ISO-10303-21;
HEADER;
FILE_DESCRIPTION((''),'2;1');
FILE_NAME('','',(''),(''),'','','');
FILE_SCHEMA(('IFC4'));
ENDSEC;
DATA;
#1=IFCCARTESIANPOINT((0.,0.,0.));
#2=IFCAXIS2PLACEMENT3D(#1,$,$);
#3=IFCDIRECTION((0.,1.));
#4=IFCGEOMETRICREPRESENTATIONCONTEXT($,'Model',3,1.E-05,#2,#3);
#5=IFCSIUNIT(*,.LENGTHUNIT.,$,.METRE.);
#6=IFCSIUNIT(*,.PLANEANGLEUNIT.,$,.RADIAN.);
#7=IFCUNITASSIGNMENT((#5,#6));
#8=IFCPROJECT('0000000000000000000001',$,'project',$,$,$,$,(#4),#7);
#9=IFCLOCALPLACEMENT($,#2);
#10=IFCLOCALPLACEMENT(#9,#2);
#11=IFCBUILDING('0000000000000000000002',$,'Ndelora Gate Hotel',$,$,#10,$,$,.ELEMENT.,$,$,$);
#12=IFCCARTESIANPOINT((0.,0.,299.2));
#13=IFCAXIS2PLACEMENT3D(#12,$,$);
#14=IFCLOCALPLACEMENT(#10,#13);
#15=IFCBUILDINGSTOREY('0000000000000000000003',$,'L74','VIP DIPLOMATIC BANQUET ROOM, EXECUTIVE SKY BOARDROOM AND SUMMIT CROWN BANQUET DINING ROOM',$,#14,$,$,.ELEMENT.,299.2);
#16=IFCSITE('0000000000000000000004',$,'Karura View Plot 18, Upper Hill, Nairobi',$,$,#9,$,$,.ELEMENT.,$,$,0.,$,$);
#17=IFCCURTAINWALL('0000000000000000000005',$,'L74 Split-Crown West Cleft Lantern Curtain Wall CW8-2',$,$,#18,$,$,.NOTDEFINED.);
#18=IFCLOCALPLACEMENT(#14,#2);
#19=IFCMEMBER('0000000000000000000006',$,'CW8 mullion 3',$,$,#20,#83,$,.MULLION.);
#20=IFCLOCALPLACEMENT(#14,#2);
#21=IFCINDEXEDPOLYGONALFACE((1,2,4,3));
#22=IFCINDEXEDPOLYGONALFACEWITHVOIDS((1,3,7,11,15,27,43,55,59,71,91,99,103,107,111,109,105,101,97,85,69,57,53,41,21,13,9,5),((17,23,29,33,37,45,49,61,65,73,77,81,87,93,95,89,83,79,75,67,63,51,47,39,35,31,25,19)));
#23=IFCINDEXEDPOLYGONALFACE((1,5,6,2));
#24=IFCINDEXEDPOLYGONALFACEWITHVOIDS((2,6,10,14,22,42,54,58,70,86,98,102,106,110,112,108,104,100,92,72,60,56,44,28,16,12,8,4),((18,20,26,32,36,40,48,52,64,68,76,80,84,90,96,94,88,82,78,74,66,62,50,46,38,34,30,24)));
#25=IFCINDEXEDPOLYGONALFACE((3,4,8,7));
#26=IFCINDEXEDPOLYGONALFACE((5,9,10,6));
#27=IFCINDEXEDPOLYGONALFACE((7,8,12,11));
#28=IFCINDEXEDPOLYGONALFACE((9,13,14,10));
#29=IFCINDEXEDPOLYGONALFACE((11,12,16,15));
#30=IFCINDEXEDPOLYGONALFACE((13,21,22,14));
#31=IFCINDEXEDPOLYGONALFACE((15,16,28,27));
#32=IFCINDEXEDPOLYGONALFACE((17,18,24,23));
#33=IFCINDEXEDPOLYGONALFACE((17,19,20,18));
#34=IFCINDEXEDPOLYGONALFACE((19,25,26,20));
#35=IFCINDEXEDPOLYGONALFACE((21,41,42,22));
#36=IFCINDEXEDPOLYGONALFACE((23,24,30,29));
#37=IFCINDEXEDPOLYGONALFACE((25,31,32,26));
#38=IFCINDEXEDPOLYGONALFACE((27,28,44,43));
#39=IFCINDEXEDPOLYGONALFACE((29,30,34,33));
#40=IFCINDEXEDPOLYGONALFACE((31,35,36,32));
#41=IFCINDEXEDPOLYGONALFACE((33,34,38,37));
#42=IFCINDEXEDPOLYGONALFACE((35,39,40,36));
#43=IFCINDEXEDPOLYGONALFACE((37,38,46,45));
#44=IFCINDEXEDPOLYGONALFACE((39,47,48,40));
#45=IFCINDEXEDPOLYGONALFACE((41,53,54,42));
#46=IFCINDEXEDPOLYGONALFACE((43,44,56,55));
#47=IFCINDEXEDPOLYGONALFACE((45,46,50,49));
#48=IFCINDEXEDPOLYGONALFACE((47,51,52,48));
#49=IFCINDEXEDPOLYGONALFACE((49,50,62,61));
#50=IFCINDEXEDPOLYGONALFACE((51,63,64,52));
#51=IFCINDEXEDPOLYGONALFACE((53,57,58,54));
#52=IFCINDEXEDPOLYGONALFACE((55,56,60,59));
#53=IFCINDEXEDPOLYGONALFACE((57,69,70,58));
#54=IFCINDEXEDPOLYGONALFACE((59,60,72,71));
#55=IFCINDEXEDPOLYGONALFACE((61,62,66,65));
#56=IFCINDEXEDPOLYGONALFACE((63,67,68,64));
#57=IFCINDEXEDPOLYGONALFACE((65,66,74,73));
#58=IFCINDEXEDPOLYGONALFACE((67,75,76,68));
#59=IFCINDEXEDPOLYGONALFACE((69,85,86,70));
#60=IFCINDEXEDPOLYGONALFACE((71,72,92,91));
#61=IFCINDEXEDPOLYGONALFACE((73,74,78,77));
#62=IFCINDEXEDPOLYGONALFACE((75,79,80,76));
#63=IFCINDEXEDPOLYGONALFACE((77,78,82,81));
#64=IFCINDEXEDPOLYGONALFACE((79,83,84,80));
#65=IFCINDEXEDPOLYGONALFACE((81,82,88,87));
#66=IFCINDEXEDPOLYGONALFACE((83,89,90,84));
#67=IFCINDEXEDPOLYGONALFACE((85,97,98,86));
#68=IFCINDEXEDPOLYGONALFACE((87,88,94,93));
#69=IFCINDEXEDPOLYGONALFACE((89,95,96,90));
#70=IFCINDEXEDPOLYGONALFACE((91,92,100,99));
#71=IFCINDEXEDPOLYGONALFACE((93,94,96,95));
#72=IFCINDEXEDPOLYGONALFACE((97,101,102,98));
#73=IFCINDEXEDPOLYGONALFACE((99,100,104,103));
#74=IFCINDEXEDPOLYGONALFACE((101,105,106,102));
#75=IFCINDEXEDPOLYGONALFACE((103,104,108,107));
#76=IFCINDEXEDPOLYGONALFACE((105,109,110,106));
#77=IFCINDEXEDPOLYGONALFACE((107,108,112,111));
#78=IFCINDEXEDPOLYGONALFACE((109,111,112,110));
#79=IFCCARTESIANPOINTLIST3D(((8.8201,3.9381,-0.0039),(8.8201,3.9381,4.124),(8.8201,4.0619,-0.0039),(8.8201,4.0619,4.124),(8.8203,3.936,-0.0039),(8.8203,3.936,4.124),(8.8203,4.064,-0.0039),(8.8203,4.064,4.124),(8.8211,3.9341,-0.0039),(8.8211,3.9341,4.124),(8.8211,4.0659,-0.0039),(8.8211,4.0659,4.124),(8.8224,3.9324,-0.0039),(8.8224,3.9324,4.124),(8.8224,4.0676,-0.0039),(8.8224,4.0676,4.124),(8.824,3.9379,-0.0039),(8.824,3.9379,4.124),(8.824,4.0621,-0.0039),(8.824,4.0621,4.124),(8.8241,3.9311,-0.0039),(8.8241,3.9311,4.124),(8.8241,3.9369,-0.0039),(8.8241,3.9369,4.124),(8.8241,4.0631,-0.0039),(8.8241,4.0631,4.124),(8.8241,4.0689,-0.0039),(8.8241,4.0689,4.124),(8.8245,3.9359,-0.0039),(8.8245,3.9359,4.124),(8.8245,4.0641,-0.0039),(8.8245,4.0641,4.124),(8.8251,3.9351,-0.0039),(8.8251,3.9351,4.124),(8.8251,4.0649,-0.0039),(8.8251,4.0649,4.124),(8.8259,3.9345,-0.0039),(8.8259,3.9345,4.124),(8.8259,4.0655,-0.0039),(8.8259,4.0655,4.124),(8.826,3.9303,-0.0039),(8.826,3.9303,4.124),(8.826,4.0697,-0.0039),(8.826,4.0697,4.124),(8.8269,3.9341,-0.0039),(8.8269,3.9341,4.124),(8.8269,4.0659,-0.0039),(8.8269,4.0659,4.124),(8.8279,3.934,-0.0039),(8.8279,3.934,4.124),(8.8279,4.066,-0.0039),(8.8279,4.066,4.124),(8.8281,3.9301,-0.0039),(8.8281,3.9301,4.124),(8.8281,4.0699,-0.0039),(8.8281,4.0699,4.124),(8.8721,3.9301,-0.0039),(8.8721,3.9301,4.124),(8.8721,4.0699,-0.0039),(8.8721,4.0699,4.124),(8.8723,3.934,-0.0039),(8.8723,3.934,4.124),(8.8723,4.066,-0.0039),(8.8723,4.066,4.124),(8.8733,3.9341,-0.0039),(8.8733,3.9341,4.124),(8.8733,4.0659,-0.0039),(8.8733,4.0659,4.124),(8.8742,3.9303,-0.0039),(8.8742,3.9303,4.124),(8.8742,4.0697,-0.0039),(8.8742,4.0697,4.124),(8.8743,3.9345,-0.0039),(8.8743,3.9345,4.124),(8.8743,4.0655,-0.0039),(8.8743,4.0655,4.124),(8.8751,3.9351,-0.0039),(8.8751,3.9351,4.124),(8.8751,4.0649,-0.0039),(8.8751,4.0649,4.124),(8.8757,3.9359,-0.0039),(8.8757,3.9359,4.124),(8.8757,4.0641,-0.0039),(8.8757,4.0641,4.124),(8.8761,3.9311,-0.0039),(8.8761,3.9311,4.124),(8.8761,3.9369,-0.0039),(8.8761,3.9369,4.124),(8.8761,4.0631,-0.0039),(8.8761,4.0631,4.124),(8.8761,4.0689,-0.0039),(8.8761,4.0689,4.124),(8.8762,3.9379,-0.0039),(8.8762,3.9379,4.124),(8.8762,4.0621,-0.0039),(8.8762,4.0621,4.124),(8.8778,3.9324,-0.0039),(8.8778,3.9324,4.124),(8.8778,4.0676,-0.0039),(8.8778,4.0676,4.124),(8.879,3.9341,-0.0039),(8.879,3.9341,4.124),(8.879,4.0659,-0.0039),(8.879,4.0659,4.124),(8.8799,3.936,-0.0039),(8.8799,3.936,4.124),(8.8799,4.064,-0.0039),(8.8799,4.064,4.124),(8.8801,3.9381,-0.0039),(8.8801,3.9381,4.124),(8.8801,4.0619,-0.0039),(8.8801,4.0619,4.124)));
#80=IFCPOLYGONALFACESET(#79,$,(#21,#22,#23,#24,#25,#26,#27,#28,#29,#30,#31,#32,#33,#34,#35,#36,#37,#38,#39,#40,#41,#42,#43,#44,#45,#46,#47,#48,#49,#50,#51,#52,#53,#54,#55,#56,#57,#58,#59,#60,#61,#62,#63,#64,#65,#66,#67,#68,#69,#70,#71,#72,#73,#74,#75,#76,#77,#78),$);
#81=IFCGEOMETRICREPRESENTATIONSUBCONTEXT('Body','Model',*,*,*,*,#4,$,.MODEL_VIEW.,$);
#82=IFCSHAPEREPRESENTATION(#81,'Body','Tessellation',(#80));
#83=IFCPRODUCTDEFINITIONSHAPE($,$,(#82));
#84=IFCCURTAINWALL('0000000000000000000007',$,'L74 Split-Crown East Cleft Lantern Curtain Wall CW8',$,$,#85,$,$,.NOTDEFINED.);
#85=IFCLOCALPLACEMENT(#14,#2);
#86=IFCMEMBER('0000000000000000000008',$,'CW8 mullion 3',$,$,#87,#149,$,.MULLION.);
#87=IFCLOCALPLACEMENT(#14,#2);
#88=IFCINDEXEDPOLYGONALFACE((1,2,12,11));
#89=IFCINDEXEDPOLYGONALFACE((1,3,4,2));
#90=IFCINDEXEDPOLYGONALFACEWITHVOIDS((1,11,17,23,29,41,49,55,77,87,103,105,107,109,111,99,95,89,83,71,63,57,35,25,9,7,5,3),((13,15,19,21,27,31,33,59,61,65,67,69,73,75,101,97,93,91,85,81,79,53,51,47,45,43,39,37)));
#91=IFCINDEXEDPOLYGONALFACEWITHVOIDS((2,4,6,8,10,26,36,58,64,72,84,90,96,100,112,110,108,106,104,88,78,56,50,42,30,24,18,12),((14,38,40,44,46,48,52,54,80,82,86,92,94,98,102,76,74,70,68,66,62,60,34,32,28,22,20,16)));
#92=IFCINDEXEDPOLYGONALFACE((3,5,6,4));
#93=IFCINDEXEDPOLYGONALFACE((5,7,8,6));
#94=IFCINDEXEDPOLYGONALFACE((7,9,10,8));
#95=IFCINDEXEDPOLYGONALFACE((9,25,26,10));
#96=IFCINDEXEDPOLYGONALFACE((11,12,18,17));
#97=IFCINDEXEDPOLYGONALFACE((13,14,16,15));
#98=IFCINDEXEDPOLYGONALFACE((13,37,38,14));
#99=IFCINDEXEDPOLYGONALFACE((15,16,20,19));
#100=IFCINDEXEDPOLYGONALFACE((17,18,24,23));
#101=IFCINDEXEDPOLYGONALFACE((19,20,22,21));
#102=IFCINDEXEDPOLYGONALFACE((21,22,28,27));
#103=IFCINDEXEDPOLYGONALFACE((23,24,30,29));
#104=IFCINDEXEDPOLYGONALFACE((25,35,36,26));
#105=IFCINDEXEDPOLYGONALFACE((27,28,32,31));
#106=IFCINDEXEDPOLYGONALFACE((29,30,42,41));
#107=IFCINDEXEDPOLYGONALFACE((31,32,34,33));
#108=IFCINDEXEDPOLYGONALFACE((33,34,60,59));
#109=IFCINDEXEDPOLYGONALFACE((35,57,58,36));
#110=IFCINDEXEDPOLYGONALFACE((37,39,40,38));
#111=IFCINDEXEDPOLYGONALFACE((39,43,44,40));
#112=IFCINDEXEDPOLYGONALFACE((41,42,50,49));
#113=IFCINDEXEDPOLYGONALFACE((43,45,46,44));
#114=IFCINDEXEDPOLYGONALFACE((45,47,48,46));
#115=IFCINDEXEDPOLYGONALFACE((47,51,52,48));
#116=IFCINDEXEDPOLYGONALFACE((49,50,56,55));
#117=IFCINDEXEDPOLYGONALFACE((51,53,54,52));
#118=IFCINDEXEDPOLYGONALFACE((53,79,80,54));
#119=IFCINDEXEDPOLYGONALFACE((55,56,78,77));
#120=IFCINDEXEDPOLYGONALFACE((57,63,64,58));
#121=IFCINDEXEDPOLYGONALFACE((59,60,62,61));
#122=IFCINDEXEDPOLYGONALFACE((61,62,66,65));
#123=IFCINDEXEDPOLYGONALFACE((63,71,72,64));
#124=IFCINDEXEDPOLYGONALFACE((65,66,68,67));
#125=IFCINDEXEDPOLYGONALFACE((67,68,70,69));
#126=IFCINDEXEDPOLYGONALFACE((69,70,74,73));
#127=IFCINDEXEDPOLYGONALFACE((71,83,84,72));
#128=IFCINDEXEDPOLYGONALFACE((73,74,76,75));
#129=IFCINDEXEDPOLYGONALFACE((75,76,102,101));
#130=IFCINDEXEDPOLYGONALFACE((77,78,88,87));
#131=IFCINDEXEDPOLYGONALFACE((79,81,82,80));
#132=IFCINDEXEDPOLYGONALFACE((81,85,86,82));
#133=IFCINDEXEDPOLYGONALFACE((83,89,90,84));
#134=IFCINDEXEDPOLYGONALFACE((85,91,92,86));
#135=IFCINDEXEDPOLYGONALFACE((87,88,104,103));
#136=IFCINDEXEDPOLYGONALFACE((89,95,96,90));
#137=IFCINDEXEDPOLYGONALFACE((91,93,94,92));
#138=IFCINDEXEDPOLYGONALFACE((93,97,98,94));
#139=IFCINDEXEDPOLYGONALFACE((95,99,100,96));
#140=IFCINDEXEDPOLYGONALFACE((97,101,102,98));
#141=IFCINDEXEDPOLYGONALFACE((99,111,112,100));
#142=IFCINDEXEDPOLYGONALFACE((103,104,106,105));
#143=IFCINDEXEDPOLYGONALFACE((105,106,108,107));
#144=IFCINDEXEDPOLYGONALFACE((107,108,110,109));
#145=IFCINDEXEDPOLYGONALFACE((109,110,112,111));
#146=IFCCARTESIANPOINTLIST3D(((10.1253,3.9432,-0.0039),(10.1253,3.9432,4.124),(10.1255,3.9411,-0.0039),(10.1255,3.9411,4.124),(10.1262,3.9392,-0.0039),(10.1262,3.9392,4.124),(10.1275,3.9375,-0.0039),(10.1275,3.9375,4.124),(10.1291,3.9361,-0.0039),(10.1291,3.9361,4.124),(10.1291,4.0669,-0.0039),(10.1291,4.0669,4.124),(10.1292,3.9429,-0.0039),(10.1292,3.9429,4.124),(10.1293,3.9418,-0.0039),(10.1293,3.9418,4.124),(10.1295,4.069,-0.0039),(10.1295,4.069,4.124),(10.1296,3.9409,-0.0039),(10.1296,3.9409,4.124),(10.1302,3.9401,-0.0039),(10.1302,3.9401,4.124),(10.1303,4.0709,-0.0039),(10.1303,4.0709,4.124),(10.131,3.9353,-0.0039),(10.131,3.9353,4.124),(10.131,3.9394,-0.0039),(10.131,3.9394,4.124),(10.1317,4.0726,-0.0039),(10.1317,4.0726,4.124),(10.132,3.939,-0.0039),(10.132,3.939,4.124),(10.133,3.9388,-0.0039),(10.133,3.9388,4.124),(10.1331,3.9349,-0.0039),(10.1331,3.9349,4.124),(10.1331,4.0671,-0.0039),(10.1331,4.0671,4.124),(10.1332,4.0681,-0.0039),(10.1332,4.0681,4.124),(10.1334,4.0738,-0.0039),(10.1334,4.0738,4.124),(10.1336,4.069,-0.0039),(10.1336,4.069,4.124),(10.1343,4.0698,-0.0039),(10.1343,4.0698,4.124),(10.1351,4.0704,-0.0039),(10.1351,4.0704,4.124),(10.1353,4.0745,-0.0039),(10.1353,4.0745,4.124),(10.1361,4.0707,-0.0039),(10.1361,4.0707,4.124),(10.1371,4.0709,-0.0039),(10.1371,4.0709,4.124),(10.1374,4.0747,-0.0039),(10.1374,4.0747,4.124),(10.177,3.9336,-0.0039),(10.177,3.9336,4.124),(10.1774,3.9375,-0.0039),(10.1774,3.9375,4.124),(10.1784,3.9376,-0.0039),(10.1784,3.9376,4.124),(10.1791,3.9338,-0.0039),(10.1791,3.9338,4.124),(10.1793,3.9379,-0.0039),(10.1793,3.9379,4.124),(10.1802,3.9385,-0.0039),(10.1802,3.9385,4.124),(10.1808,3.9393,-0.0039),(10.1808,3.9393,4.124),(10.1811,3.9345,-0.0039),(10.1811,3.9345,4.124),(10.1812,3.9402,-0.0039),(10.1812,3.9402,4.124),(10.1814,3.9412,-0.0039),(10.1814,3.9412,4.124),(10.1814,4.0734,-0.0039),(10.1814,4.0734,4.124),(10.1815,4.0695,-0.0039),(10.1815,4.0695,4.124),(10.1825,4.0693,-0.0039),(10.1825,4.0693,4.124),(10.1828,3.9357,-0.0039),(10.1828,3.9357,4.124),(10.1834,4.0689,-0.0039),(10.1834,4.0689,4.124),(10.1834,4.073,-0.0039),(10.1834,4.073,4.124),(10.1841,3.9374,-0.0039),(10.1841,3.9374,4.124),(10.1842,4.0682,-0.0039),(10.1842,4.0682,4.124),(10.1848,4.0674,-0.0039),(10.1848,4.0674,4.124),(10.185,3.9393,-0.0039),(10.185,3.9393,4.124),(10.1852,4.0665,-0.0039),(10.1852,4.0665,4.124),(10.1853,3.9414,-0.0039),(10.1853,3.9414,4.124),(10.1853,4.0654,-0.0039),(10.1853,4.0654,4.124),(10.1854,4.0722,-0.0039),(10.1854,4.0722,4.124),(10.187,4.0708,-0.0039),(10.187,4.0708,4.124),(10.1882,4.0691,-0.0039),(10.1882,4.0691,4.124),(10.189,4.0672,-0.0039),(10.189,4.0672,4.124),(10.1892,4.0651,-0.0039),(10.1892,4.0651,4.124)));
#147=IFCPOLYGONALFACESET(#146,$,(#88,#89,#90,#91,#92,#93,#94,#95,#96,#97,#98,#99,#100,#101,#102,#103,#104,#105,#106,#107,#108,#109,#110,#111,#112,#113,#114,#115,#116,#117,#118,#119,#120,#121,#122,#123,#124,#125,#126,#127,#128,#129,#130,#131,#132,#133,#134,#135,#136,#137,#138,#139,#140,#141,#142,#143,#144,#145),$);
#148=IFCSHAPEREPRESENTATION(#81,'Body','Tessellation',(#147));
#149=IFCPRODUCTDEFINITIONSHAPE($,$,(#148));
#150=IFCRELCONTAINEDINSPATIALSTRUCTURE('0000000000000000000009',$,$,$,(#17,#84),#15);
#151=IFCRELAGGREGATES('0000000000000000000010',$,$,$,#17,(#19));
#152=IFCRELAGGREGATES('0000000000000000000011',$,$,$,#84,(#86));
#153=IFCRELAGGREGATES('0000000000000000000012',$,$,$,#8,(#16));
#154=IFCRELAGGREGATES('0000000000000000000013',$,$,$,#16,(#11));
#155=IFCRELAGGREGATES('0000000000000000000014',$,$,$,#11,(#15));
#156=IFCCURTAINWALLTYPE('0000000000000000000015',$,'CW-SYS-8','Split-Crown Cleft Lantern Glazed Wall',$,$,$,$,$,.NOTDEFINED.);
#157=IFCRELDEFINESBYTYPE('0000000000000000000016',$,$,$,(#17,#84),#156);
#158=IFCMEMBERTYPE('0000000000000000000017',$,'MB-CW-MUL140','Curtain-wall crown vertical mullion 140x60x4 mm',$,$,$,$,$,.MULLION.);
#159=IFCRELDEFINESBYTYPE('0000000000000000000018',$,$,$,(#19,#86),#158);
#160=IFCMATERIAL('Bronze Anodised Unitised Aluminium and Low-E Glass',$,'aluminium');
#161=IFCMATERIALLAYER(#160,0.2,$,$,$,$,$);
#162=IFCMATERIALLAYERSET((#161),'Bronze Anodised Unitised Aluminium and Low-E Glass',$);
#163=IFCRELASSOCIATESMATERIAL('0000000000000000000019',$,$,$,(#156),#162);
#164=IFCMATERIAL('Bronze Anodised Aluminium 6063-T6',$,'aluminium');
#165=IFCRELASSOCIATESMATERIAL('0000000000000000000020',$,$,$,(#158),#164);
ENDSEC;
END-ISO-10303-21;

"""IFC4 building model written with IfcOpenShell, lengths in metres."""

from ifc_helpers import new_model, si_unit, direction, frame, origin, origin_2d, place, context, subcontext, project, spatial, hollow_rectangle, extrude, material, layer, layer_set, material_profile, profile_set, type_object, element, aggregate, save


model = new_model("IFC4")

# Units and contexts
model_context = context("Model", 3, precision=1e-05, world=origin(), true_north=direction((0.0, 1.0)))
body_context = subcontext(model_context, "Body", "Model", "MODEL_VIEW")
ifc_project = project(units=[si_unit("LENGTHUNIT", "METRE"), si_unit("PLANEANGLEUNIT", "RADIAN")], contexts=[model_context])

# Site, building, storey
site_placement = place(None, origin())
site = spatial("IfcSite", under=ifc_project, at=site_placement, Name="Karura View Plot 18, Upper Hill, Nairobi", CompositionType="ELEMENT", RefElevation=0.0)
building_placement = place(site_placement, origin())
building = spatial("IfcBuilding", under=site, at=building_placement, Name="Ndelora Gate Hotel", CompositionType="ELEMENT")
storey_placement = place(building_placement, frame((0.0, 0.0, 299.2)))
storey = spatial("IfcBuildingStorey", under=building, at=storey_placement, Name="L74", Description="VIP DIPLOMATIC BANQUET ROOM, EXECUTIVE SKY BOARDROOM AND SUMMIT CROWN BANQUET DINING ROOM", CompositionType="ELEMENT", Elevation=299.2)

# Curtain walls, members
ifc_material_1 = material(Name="Bronze Anodised Unitised Aluminium and Low-E Glass", Category="aluminium")
ifc_layer_1 = layer(ifc_material_1, 0.2)
ifc_layer_set_1 = layer_set([ifc_layer_1], Name="Bronze Anodised Unitised Aluminium and Low-E Glass")
curtain_wall_type = type_object("IfcCurtainWallType", Name="CW-SYS-8", Description="Split-Crown Cleft Lantern Glazed Wall", PredefinedType="NOTDEFINED", material=ifc_layer_set_1)
curtain_wall_1_placement = place(storey_placement, origin())
curtain_wall_1 = element("IfcCurtainWall", 1, at=curtain_wall_1_placement, inside=storey, type_object=curtain_wall_type, Name="L74 Split-Crown West Cleft Lantern Curtain Wall CW8-2", PredefinedType="NOTDEFINED")
ifc_material_2 = material(Name="Bronze Anodised Aluminium 6063-T6", Category="aluminium")
ifc_material_profile_1 = material_profile(ifc_material_2, hollow_rectangle(XDim=0.0601, YDim=0.1399, WallThickness=0.0039, InnerFilletRadius=0.0039, OuterFilletRadius=0.0081, at=origin_2d()), Name="ALU 140x60x4")
ifc_profile_set_1 = profile_set([ifc_material_profile_1], Name="Bronze Anodised Aluminium 6063-T6")
member_type_1 = type_object("IfcMemberType", Name="MB-CW-MUL140", Description="Curtain-wall crown vertical mullion 140x60x4 mm", PredefinedType="MULLION", material=ifc_profile_set_1)
member_1_placement = place(storey_placement, frame((8.8501, 4.0, -0.0039), z_axis=(0.0, 0.0, 1.0), x_axis=(-1.0, 0.0, 0.0)))
member_1 = element("IfcMember", 2, at=member_1_placement, type_object=member_type_1, Name="CW8 mullion 3", PredefinedType="MULLION", context=body_context, shape_type="SweptSolid", body=[
    extrude(hollow_rectangle(XDim=0.0601, YDim=0.1399, WallThickness=0.0039, InnerFilletRadius=0.0039, OuterFilletRadius=0.0081, at=origin_2d()), origin(), (0.0, 0.0, 1.0), 4.1279),
])
curtain_wall_2_placement = place(storey_placement, origin())
curtain_wall_2 = element("IfcCurtainWall", 3, at=curtain_wall_2_placement, inside=storey, type_object=curtain_wall_type, Name="L74 Split-Crown East Cleft Lantern Curtain Wall CW8", PredefinedType="NOTDEFINED")
member_2_placement = place(storey_placement, frame((10.1572, 4.0042, -0.0039), z_axis=(0.0, 0.0, 1.0), x_axis=(0.999515, -0.031131, 0.0)))
member_2 = element("IfcMember", 4, at=member_2_placement, type_object=member_type_1, Name="CW8 mullion 3", PredefinedType="MULLION", context=body_context, shape_type="SweptSolid", body=[
    extrude(hollow_rectangle(XDim=0.0601, YDim=0.1399, WallThickness=0.0039, InnerFilletRadius=0.0039, OuterFilletRadius=0.0081, at=origin_2d()), origin(), (0.0, 0.0, 1.0), 4.1279),
])

aggregate(curtain_wall_1, [member_1])
aggregate(curtain_wall_2, [member_2])

save(model, "model.ifc")
